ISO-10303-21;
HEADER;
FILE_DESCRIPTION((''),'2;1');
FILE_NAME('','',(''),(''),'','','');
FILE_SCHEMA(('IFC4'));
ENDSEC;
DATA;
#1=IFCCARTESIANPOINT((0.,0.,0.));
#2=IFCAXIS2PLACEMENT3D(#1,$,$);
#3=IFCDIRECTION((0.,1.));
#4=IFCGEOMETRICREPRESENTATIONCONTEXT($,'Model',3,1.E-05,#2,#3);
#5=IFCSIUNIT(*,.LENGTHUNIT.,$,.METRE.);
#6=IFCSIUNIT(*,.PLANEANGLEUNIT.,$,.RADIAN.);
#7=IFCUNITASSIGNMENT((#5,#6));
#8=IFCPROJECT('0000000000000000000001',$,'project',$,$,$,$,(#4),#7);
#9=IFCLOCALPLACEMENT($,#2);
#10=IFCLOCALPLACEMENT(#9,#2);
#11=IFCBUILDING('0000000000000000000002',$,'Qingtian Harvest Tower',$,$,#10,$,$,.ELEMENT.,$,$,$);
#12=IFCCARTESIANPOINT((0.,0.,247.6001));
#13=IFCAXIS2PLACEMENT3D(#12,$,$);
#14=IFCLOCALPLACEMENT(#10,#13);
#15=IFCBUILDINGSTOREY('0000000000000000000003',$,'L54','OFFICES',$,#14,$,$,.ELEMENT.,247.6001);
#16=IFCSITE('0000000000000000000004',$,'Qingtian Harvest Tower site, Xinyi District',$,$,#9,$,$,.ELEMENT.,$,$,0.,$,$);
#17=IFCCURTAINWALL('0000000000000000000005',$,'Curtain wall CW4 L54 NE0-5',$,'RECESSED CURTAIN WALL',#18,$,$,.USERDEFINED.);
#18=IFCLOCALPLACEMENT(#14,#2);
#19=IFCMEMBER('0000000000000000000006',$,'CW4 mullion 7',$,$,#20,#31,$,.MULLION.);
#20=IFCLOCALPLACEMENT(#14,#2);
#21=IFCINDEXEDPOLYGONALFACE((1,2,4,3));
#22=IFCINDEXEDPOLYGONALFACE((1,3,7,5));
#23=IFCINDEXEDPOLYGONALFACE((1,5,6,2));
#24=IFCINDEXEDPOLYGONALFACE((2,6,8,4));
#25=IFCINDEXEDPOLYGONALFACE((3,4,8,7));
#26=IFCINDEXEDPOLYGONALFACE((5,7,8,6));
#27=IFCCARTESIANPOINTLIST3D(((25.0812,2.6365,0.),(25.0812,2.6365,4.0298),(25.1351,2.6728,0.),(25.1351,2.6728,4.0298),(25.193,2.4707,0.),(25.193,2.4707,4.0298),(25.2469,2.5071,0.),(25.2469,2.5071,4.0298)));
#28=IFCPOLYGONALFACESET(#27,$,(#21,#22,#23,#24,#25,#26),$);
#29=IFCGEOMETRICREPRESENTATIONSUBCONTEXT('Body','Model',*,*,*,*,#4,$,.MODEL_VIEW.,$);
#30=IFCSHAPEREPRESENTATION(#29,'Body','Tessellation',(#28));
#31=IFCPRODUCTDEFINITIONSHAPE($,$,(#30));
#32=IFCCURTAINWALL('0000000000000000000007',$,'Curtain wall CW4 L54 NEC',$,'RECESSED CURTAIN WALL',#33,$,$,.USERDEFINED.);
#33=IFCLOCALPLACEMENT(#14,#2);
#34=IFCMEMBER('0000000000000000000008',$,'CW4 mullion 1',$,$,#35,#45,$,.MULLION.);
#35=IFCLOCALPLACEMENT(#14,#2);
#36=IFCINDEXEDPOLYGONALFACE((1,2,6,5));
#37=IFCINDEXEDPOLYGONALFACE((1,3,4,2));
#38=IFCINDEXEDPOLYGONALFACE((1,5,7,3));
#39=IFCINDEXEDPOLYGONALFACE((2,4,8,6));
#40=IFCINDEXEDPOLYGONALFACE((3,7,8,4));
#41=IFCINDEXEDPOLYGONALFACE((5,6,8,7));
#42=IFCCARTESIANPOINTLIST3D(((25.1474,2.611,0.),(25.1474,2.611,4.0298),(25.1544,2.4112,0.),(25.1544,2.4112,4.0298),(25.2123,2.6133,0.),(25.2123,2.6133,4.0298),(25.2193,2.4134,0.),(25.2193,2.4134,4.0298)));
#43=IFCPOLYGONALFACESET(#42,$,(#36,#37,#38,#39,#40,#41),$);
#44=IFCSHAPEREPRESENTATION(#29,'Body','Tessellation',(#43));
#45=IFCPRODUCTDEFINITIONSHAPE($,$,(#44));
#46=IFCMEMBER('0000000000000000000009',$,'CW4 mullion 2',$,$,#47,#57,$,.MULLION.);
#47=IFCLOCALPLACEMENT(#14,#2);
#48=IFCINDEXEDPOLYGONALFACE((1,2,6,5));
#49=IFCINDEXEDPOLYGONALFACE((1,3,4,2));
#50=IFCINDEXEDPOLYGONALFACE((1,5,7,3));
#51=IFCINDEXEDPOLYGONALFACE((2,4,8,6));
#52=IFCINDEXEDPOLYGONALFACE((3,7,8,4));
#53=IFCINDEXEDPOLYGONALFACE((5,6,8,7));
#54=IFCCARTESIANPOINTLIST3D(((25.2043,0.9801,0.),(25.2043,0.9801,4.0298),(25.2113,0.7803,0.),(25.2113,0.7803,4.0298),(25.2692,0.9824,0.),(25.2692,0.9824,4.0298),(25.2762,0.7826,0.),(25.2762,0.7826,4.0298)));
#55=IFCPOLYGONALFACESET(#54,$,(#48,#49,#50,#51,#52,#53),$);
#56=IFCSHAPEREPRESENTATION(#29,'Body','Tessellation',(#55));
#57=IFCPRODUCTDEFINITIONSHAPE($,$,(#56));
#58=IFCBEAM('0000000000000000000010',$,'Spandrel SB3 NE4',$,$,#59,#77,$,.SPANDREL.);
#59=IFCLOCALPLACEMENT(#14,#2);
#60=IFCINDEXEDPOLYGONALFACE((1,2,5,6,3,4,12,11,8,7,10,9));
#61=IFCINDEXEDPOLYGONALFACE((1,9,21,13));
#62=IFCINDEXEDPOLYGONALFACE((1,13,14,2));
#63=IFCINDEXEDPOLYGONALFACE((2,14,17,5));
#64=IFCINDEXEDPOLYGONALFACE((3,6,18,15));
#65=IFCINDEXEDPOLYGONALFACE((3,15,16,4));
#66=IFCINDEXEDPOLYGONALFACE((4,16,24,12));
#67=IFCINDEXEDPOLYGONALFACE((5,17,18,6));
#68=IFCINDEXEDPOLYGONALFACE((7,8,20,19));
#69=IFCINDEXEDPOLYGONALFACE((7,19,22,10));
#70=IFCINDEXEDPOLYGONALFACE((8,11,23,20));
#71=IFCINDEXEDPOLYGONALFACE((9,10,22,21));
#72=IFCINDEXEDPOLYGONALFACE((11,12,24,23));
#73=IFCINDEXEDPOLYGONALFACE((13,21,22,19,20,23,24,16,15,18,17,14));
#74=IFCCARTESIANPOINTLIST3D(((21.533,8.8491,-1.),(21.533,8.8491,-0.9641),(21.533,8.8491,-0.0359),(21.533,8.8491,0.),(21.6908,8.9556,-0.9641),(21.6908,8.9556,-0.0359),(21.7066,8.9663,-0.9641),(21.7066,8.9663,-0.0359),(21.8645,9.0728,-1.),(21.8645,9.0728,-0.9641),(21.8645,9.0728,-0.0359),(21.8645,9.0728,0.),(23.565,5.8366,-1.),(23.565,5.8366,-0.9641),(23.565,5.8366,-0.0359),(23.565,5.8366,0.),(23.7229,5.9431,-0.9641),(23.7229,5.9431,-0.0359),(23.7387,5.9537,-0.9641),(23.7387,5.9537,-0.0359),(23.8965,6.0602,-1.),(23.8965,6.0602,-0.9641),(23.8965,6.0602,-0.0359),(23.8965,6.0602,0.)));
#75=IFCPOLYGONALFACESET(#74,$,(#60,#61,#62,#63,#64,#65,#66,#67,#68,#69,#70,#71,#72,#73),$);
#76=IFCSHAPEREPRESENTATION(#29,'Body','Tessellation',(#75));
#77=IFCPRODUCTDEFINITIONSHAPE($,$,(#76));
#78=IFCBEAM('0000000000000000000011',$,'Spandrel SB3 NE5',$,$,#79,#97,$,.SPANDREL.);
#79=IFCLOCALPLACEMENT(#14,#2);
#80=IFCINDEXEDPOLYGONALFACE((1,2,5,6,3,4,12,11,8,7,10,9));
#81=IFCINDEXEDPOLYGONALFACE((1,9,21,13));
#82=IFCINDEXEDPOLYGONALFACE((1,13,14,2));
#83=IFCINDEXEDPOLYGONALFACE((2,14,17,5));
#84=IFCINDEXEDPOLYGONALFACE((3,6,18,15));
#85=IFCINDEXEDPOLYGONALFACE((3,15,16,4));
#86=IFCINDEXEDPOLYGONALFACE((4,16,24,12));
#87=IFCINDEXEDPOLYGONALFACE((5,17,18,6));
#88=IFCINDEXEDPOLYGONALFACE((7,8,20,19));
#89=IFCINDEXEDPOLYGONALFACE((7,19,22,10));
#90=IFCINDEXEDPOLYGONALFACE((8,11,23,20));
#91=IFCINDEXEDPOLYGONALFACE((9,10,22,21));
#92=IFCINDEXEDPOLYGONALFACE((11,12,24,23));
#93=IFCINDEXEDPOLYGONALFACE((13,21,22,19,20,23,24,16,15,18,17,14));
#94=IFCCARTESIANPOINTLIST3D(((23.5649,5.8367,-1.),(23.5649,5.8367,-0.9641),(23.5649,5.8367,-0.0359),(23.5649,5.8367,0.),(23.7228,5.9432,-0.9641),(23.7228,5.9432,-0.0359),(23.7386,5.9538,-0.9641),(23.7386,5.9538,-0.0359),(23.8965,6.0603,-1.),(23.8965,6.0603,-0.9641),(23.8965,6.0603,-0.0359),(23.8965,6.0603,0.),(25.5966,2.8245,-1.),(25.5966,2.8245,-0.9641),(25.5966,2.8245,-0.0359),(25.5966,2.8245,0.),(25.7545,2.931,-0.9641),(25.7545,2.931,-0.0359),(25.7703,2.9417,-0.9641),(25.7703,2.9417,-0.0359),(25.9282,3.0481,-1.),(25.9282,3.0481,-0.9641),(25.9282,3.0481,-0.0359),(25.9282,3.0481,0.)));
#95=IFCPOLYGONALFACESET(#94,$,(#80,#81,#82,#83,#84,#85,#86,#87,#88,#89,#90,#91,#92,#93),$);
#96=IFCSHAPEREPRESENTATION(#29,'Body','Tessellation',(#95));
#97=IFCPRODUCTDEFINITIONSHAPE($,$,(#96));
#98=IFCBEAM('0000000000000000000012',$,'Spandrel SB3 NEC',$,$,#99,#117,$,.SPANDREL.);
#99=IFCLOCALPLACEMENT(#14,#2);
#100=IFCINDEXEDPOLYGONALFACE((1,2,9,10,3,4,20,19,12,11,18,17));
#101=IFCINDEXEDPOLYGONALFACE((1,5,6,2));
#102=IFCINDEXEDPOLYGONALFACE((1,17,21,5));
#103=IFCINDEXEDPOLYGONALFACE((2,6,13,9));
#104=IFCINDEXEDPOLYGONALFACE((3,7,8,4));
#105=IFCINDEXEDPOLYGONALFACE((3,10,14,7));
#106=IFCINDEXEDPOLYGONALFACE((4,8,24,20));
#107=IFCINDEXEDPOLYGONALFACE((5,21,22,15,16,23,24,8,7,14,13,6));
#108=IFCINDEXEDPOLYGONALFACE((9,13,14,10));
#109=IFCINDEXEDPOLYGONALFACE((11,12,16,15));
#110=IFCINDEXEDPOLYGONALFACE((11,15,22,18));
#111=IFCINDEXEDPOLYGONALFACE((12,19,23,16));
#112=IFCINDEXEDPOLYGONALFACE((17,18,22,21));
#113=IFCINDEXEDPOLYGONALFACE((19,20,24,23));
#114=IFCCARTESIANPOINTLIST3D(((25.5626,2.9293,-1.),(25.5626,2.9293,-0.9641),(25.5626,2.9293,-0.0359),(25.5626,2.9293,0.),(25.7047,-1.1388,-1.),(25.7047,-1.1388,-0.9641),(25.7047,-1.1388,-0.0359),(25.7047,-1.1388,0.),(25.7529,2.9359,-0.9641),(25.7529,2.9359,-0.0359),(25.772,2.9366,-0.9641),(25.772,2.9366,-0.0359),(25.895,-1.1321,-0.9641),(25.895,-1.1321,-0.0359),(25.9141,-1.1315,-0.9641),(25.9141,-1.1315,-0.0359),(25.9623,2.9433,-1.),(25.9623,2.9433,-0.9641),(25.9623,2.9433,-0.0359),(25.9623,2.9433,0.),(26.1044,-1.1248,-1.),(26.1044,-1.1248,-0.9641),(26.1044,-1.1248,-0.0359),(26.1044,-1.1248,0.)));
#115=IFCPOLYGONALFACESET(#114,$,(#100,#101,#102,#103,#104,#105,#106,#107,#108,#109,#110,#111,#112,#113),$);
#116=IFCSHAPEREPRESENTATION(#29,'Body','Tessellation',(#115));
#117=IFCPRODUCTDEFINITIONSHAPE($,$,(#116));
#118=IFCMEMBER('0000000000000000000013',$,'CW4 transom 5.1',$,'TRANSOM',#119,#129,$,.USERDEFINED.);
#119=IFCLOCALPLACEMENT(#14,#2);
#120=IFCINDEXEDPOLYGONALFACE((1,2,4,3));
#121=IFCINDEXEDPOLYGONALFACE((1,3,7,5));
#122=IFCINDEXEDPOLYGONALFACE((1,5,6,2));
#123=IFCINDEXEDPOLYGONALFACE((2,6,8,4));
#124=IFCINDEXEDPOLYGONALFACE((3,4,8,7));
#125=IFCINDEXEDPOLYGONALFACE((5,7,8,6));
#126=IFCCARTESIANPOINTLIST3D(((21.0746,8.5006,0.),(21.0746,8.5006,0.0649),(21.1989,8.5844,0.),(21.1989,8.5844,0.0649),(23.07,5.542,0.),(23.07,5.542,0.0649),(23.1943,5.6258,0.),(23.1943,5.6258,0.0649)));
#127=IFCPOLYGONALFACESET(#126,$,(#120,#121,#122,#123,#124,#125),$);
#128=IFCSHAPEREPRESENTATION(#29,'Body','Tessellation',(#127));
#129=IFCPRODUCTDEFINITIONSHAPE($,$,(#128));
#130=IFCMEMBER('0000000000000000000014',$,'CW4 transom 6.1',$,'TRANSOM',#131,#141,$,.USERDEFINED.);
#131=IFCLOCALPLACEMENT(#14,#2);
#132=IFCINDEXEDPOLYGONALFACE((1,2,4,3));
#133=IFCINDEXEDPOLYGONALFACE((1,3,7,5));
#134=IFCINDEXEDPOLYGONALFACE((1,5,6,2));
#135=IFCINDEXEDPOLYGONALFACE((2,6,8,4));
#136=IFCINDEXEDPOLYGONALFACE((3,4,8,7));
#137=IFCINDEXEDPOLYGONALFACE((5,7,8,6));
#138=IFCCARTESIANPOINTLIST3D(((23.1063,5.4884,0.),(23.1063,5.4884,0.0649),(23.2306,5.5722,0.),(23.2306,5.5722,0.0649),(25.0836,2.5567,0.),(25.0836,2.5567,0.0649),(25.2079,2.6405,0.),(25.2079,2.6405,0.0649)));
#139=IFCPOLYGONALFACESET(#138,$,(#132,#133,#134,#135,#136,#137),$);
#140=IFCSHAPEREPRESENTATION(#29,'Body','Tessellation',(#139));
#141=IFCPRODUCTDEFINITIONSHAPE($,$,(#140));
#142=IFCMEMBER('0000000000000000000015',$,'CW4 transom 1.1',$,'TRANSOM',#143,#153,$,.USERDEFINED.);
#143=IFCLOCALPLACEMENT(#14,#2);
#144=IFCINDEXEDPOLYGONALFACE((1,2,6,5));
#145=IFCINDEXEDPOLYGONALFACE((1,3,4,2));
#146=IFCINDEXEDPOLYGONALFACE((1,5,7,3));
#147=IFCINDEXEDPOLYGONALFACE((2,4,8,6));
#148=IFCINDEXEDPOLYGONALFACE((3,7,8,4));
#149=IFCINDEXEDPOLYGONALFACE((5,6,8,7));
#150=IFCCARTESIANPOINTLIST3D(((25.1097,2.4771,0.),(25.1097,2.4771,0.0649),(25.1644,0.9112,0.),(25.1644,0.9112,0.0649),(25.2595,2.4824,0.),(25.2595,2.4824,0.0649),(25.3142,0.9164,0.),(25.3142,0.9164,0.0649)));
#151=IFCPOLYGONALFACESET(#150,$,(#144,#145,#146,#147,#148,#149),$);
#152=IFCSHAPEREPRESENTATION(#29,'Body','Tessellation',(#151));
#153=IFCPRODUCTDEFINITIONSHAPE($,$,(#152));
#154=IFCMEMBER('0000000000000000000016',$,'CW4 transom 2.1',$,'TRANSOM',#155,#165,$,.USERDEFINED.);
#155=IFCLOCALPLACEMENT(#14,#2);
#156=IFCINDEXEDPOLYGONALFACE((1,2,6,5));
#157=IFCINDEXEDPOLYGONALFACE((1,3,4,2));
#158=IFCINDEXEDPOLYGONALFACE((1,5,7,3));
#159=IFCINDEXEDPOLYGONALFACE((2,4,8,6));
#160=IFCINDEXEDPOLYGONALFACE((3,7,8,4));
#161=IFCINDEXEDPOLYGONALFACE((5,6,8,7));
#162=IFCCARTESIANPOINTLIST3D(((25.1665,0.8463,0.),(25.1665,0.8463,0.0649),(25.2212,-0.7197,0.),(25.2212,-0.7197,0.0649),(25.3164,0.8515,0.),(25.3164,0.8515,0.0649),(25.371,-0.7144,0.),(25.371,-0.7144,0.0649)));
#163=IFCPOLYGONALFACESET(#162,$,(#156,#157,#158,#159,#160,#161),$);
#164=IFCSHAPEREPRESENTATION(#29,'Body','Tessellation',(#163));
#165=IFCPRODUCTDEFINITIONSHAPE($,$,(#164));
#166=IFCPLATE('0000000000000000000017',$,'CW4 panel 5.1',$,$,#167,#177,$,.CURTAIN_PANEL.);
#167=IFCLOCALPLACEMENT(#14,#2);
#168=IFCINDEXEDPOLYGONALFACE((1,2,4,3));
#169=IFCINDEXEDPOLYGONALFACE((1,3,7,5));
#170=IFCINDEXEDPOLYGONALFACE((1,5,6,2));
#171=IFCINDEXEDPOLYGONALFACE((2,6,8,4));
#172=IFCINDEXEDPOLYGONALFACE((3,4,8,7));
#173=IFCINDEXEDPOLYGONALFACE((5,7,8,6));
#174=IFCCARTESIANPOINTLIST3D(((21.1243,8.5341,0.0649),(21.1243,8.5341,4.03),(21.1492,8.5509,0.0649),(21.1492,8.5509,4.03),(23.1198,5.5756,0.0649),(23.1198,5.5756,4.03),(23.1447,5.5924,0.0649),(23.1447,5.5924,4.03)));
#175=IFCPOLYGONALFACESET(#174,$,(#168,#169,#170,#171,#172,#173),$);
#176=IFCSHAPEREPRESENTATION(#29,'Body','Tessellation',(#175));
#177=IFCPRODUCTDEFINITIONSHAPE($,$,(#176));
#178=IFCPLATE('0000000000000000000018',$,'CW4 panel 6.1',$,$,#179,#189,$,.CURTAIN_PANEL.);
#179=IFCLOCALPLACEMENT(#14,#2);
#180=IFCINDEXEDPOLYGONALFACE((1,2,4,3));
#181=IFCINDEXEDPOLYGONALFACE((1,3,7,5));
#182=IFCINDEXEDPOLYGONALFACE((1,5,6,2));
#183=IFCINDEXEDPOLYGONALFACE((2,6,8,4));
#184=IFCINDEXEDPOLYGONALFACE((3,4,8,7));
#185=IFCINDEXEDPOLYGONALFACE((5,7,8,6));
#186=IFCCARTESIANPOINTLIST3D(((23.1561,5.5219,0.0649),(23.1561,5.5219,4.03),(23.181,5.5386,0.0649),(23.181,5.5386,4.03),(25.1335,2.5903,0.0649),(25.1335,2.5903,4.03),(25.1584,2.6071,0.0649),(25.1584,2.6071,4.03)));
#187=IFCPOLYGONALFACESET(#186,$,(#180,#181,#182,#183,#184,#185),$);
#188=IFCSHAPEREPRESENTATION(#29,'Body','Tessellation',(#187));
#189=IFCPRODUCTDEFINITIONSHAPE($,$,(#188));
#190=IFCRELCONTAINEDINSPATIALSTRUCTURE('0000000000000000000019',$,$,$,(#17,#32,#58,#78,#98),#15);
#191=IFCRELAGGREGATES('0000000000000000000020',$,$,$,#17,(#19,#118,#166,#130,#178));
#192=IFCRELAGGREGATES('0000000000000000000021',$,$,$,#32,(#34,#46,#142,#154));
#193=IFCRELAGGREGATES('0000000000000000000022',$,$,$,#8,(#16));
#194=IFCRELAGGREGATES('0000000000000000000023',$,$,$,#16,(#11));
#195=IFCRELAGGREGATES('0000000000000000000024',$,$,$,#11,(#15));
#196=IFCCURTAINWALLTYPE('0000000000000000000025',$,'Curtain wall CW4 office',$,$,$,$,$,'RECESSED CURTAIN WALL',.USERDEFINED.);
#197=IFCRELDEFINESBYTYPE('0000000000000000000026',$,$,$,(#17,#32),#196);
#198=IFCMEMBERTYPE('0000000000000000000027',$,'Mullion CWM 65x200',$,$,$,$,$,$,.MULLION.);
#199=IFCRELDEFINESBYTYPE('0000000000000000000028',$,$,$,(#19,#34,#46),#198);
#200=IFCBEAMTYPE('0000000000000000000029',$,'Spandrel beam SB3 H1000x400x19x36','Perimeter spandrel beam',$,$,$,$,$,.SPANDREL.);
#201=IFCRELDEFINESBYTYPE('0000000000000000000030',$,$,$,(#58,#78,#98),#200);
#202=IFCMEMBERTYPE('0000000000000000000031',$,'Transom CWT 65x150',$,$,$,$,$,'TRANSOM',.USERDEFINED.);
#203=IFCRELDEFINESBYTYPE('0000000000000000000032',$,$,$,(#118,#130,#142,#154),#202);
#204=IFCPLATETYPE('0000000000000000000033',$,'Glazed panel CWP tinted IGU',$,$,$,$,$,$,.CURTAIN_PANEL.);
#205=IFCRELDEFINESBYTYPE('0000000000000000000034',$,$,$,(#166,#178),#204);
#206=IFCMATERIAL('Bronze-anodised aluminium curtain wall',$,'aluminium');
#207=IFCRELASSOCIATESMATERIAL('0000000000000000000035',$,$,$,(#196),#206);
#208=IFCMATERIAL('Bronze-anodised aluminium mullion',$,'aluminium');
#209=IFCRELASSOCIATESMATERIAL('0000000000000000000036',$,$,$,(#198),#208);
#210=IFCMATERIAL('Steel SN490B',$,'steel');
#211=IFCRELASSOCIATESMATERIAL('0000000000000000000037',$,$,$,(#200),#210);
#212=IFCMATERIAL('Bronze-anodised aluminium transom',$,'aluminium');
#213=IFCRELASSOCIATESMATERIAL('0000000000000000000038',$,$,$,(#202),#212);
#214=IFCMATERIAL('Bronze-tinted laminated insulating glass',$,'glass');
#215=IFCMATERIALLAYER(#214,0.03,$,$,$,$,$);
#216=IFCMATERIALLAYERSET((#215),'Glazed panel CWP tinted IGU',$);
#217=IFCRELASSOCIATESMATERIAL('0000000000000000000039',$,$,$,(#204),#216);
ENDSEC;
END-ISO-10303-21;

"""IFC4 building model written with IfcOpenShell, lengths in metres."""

from ifc_helpers import new_model, si_unit, direction, frame, origin, origin_2d, place, context, subcontext, project, spatial, rectangle, i_section, extrude, material, layer, layer_set, material_profile, profile_set, type_object, element, aggregate, save


model = new_model("IFC4")

# Units and contexts
model_context = context("Model", 3, precision=1e-05, world=origin(), true_north=direction((0.0, 1.0)))
body_context = subcontext(model_context, "Body", "Model", "MODEL_VIEW")
ifc_project = project(units=[si_unit("LENGTHUNIT", "METRE"), si_unit("PLANEANGLEUNIT", "RADIAN")], contexts=[model_context])

# Site, building, storey
site_placement = place(None, origin())
site = spatial("IfcSite", under=ifc_project, at=site_placement, Name="Qingtian Harvest Tower site, Xinyi District", CompositionType="ELEMENT", RefElevation=0.0)
building_placement = place(site_placement, origin())
building = spatial("IfcBuilding", under=site, at=building_placement, Name="Qingtian Harvest Tower", CompositionType="ELEMENT")
storey_placement = place(building_placement, frame((0.0, 0.0, 247.6001)))
storey = spatial("IfcBuildingStorey", under=building, at=storey_placement, Name="L54", Description="OFFICES", CompositionType="ELEMENT", Elevation=247.6001)

# Curtain walls, members
ifc_material_1 = material(Name="Bronze-anodised aluminium curtain wall", Category="aluminium")
curtain_wall_type = type_object("IfcCurtainWallType", Name="Curtain wall CW4 office", ElementType="RECESSED CURTAIN WALL", PredefinedType="USERDEFINED", material=ifc_material_1)
curtain_wall_1_placement = place(storey_placement, origin())
curtain_wall_1 = element("IfcCurtainWall", 1, at=curtain_wall_1_placement, inside=storey, type_object=curtain_wall_type, Name="Curtain wall CW4 L54 NE0-5", ObjectType="RECESSED CURTAIN WALL", PredefinedType="USERDEFINED")
ifc_material_2 = material(Name="Bronze-anodised aluminium mullion", Category="aluminium")
ifc_material_profile_1 = material_profile(ifc_material_2, rectangle(XDim=0.0649, YDim=0.2, at=origin_2d()), Name="AL 65x200")
ifc_profile_set_1 = profile_set([ifc_material_profile_1], Name="Bronze-anodised aluminium mullion")
member_type_1 = type_object("IfcMemberType", Name="Mullion CWM 65x200", PredefinedType="MULLION", material=ifc_profile_set_1)
member_1_placement = place(storey_placement, frame((25.1641, 2.5718, 0.0), z_axis=(0.0, 0.0, 1.0), x_axis=(0.829038, 0.559193, 0.0)))
member_1 = element("IfcMember", 2, at=member_1_placement, type_object=member_type_1, Name="CW4 mullion 7", PredefinedType="MULLION", context=body_context, shape_type="SweptSolid", body=[
    extrude(rectangle(XDim=0.0649, YDim=0.2, at=origin_2d()), origin(), (0.0, 0.0, 1.0), 4.0298),
])
curtain_wall_2_placement = place(storey_placement, origin())
curtain_wall_2 = element("IfcCurtainWall", 3, at=curtain_wall_2_placement, inside=storey, type_object=curtain_wall_type, Name="Curtain wall CW4 L54 NEC", ObjectType="RECESSED CURTAIN WALL", PredefinedType="USERDEFINED")
member_2_placement = place(storey_placement, frame((25.1833, 2.5122, 0.0), z_axis=(0.0, 0.0, 1.0), x_axis=(0.999391, 0.034899, 0.0)))
member_2 = element("IfcMember", 4, at=member_2_placement, type_object=member_type_1, Name="CW4 mullion 1", PredefinedType="MULLION", context=body_context, shape_type="SweptSolid", body=[
    extrude(rectangle(XDim=0.0649, YDim=0.2, at=origin_2d()), origin(), (0.0, 0.0, 1.0), 4.0298),
])
member_3_placement = place(storey_placement, frame((25.2402, 0.8813, 0.0), z_axis=(0.0, 0.0, 1.0), x_axis=(0.999391, 0.034899, 0.0)))
member_3 = element("IfcMember", 5, at=member_3_placement, type_object=member_type_1, Name="CW4 mullion 2", PredefinedType="MULLION", context=body_context, shape_type="SweptSolid", body=[
    extrude(rectangle(XDim=0.0649, YDim=0.2, at=origin_2d()), origin(), (0.0, 0.0, 1.0), 4.0298),
])

# Beams
ifc_material_3 = material(Name="Steel SN490B", Category="steel")
ifc_material_profile_2 = material_profile(ifc_material_3, i_section(OverallWidth=0.3999, OverallDepth=1.0, WebThickness=0.019, FlangeThickness=0.0359, at=origin_2d()), Name="H1000x400x19x36")
ifc_profile_set_2 = profile_set([ifc_material_profile_2], Name="Steel SN490B")
beam_type_1 = type_object("IfcBeamType", Name="Spandrel beam SB3 H1000x400x19x36", Description="Perimeter spandrel beam", PredefinedType="SPANDREL", material=ifc_profile_set_2)
beam_1_placement = place(storey_placement, frame((21.6987, 8.9609, -0.5), z_axis=(0.559204, -0.82903, 0.0), x_axis=(0.82903, 0.559204, 0.0)))
element("IfcBeam", 6, at=beam_1_placement, inside=storey, type_object=beam_type_1, Name="Spandrel SB3 NE4", PredefinedType="SPANDREL", context=body_context, shape_type="SweptSolid", body=[
    extrude(i_section(OverallWidth=0.3999, OverallDepth=1.0, WebThickness=0.019, FlangeThickness=0.0359, at=origin_2d()), origin(), (0.0, 0.0, 1.0), 3.6338),
])
beam_2_placement = place(storey_placement, frame((23.7307, 5.9485, -0.5), z_axis=(0.559189, -0.82904, 0.0), x_axis=(0.82904, 0.559189, 0.0)))
element("IfcBeam", 7, at=beam_2_placement, inside=storey, type_object=beam_type_1, Name="Spandrel SB3 NE5", PredefinedType="SPANDREL", context=body_context, shape_type="SweptSolid", body=[
    extrude(i_section(OverallWidth=0.3999, OverallDepth=1.0, WebThickness=0.019, FlangeThickness=0.0359, at=origin_2d()), origin(), (0.0, 0.0, 1.0), 3.6333),
])
beam_3_placement = place(storey_placement, frame((25.7625, 2.9363, -0.5), z_axis=(0.034906, -0.999391, 0.0), x_axis=(0.999391, 0.034906, 0.0)))
element("IfcBeam", 8, at=beam_3_placement, inside=storey, type_object=beam_type_1, Name="Spandrel SB3 NEC", PredefinedType="SPANDREL", context=body_context, shape_type="SweptSolid", body=[
    extrude(i_section(OverallWidth=0.3999, OverallDepth=1.0, WebThickness=0.019, FlangeThickness=0.0359, at=origin_2d()), origin(), (0.0, 0.0, 1.0), 4.0706),
])

# Members
ifc_material_4 = material(Name="Bronze-anodised aluminium transom", Category="aluminium")
ifc_material_profile_3 = material_profile(ifc_material_4, rectangle(XDim=0.1499, YDim=0.0649, at=origin_2d()), Name="AL 65x150")
ifc_profile_set_3 = profile_set([ifc_material_profile_3], Name="Bronze-anodised aluminium transom")
member_type_2 = type_object("IfcMemberType", Name="Transom CWT 65x150", ElementType="TRANSOM", PredefinedType="USERDEFINED", material=ifc_profile_set_3)
member_4_placement = place(storey_placement, frame((21.1367, 8.5425, 0.0325), z_axis=(0.55916, -0.82906, 0.0), x_axis=(0.82906, 0.55916, 0.0)))
member_4 = element("IfcMember", 9, at=member_4_placement, type_object=member_type_2, Name="CW4 transom 5.1", ObjectType="TRANSOM", PredefinedType="USERDEFINED", context=body_context, shape_type="SweptSolid", body=[
    extrude(rectangle(XDim=0.1499, YDim=0.0649, at=origin_2d()), origin(), (0.0, 0.0, 1.0), 3.5686),
])
member_5_placement = place(storey_placement, frame((23.1685, 5.5303, 0.0325), z_axis=(0.559169, -0.829054, 0.0), x_axis=(0.829054, 0.559169, 0.0)))
member_5 = element("IfcMember", 10, at=member_5_placement, type_object=member_type_2, Name="CW4 transom 6.1", ObjectType="TRANSOM", PredefinedType="USERDEFINED", context=body_context, shape_type="SweptSolid", body=[
    extrude(rectangle(XDim=0.1499, YDim=0.0649, at=origin_2d()), origin(), (0.0, 0.0, 1.0), 3.5361),
])
member_6_placement = place(storey_placement, frame((25.1846, 2.4797, 0.0325), z_axis=(0.034902, -0.999391, 0.0), x_axis=(0.999391, 0.034902, 0.0)))
member_6 = element("IfcMember", 11, at=member_6_placement, type_object=member_type_2, Name="CW4 transom 1.1", ObjectType="TRANSOM", PredefinedType="USERDEFINED", context=body_context, shape_type="SweptSolid", body=[
    extrude(rectangle(XDim=0.1499, YDim=0.0649, at=origin_2d()), origin(), (0.0, 0.0, 1.0), 1.5669),
])
member_7_placement = place(storey_placement, frame((25.2415, 0.8489, 0.0325), z_axis=(0.034902, -0.999391, 0.0), x_axis=(0.999391, 0.034902, 0.0)))
member_7 = element("IfcMember", 12, at=member_7_placement, type_object=member_type_2, Name="CW4 transom 2.1", ObjectType="TRANSOM", PredefinedType="USERDEFINED", context=body_context, shape_type="SweptSolid", body=[
    extrude(rectangle(XDim=0.1499, YDim=0.0649, at=origin_2d()), origin(), (0.0, 0.0, 1.0), 1.5669),
])

# Plates
ifc_material_5 = material(Name="Bronze-tinted laminated insulating glass", Category="glass")
ifc_layer_1 = layer(ifc_material_5, 0.03)
ifc_layer_set_1 = layer_set([ifc_layer_1], Name="Glazed panel CWP tinted IGU")
plate_type = type_object("IfcPlateType", Name="Glazed panel CWP tinted IGU", PredefinedType="CURTAIN_PANEL", material=ifc_layer_set_1)
plate_1_placement = place(storey_placement, frame((22.1345, 7.0632, 0.0649), z_axis=(0.0, 0.0, 1.0), x_axis=(0.559193, -0.829038, 0.0)))
plate_1 = element("IfcPlate", 13, at=plate_1_placement, type_object=plate_type, Name="CW4 panel 5.1", PredefinedType="CURTAIN_PANEL", context=body_context, shape_type="SweptSolid", body=[
    extrude(rectangle(XDim=3.5686, YDim=0.03, at=origin_2d()), origin(), (0.0, 0.0, 1.0), 3.9651),
])
plate_2_placement = place(storey_placement, frame((24.1572, 4.0645, 0.0649), z_axis=(0.0, 0.0, 1.0), x_axis=(0.559193, -0.829038, 0.0)))
plate_2 = element("IfcPlate", 14, at=plate_2_placement, type_object=plate_type, Name="CW4 panel 6.1", PredefinedType="CURTAIN_PANEL", context=body_context, shape_type="SweptSolid", body=[
    extrude(rectangle(XDim=3.5361, YDim=0.03, at=origin_2d()), origin(), (0.0, 0.0, 1.0), 3.9651),
])
aggregate(curtain_wall_1, [member_1, member_4, plate_1, member_5, plate_2])
aggregate(curtain_wall_2, [member_2, member_3, member_6, member_7])

save(model, "model.ifc")
